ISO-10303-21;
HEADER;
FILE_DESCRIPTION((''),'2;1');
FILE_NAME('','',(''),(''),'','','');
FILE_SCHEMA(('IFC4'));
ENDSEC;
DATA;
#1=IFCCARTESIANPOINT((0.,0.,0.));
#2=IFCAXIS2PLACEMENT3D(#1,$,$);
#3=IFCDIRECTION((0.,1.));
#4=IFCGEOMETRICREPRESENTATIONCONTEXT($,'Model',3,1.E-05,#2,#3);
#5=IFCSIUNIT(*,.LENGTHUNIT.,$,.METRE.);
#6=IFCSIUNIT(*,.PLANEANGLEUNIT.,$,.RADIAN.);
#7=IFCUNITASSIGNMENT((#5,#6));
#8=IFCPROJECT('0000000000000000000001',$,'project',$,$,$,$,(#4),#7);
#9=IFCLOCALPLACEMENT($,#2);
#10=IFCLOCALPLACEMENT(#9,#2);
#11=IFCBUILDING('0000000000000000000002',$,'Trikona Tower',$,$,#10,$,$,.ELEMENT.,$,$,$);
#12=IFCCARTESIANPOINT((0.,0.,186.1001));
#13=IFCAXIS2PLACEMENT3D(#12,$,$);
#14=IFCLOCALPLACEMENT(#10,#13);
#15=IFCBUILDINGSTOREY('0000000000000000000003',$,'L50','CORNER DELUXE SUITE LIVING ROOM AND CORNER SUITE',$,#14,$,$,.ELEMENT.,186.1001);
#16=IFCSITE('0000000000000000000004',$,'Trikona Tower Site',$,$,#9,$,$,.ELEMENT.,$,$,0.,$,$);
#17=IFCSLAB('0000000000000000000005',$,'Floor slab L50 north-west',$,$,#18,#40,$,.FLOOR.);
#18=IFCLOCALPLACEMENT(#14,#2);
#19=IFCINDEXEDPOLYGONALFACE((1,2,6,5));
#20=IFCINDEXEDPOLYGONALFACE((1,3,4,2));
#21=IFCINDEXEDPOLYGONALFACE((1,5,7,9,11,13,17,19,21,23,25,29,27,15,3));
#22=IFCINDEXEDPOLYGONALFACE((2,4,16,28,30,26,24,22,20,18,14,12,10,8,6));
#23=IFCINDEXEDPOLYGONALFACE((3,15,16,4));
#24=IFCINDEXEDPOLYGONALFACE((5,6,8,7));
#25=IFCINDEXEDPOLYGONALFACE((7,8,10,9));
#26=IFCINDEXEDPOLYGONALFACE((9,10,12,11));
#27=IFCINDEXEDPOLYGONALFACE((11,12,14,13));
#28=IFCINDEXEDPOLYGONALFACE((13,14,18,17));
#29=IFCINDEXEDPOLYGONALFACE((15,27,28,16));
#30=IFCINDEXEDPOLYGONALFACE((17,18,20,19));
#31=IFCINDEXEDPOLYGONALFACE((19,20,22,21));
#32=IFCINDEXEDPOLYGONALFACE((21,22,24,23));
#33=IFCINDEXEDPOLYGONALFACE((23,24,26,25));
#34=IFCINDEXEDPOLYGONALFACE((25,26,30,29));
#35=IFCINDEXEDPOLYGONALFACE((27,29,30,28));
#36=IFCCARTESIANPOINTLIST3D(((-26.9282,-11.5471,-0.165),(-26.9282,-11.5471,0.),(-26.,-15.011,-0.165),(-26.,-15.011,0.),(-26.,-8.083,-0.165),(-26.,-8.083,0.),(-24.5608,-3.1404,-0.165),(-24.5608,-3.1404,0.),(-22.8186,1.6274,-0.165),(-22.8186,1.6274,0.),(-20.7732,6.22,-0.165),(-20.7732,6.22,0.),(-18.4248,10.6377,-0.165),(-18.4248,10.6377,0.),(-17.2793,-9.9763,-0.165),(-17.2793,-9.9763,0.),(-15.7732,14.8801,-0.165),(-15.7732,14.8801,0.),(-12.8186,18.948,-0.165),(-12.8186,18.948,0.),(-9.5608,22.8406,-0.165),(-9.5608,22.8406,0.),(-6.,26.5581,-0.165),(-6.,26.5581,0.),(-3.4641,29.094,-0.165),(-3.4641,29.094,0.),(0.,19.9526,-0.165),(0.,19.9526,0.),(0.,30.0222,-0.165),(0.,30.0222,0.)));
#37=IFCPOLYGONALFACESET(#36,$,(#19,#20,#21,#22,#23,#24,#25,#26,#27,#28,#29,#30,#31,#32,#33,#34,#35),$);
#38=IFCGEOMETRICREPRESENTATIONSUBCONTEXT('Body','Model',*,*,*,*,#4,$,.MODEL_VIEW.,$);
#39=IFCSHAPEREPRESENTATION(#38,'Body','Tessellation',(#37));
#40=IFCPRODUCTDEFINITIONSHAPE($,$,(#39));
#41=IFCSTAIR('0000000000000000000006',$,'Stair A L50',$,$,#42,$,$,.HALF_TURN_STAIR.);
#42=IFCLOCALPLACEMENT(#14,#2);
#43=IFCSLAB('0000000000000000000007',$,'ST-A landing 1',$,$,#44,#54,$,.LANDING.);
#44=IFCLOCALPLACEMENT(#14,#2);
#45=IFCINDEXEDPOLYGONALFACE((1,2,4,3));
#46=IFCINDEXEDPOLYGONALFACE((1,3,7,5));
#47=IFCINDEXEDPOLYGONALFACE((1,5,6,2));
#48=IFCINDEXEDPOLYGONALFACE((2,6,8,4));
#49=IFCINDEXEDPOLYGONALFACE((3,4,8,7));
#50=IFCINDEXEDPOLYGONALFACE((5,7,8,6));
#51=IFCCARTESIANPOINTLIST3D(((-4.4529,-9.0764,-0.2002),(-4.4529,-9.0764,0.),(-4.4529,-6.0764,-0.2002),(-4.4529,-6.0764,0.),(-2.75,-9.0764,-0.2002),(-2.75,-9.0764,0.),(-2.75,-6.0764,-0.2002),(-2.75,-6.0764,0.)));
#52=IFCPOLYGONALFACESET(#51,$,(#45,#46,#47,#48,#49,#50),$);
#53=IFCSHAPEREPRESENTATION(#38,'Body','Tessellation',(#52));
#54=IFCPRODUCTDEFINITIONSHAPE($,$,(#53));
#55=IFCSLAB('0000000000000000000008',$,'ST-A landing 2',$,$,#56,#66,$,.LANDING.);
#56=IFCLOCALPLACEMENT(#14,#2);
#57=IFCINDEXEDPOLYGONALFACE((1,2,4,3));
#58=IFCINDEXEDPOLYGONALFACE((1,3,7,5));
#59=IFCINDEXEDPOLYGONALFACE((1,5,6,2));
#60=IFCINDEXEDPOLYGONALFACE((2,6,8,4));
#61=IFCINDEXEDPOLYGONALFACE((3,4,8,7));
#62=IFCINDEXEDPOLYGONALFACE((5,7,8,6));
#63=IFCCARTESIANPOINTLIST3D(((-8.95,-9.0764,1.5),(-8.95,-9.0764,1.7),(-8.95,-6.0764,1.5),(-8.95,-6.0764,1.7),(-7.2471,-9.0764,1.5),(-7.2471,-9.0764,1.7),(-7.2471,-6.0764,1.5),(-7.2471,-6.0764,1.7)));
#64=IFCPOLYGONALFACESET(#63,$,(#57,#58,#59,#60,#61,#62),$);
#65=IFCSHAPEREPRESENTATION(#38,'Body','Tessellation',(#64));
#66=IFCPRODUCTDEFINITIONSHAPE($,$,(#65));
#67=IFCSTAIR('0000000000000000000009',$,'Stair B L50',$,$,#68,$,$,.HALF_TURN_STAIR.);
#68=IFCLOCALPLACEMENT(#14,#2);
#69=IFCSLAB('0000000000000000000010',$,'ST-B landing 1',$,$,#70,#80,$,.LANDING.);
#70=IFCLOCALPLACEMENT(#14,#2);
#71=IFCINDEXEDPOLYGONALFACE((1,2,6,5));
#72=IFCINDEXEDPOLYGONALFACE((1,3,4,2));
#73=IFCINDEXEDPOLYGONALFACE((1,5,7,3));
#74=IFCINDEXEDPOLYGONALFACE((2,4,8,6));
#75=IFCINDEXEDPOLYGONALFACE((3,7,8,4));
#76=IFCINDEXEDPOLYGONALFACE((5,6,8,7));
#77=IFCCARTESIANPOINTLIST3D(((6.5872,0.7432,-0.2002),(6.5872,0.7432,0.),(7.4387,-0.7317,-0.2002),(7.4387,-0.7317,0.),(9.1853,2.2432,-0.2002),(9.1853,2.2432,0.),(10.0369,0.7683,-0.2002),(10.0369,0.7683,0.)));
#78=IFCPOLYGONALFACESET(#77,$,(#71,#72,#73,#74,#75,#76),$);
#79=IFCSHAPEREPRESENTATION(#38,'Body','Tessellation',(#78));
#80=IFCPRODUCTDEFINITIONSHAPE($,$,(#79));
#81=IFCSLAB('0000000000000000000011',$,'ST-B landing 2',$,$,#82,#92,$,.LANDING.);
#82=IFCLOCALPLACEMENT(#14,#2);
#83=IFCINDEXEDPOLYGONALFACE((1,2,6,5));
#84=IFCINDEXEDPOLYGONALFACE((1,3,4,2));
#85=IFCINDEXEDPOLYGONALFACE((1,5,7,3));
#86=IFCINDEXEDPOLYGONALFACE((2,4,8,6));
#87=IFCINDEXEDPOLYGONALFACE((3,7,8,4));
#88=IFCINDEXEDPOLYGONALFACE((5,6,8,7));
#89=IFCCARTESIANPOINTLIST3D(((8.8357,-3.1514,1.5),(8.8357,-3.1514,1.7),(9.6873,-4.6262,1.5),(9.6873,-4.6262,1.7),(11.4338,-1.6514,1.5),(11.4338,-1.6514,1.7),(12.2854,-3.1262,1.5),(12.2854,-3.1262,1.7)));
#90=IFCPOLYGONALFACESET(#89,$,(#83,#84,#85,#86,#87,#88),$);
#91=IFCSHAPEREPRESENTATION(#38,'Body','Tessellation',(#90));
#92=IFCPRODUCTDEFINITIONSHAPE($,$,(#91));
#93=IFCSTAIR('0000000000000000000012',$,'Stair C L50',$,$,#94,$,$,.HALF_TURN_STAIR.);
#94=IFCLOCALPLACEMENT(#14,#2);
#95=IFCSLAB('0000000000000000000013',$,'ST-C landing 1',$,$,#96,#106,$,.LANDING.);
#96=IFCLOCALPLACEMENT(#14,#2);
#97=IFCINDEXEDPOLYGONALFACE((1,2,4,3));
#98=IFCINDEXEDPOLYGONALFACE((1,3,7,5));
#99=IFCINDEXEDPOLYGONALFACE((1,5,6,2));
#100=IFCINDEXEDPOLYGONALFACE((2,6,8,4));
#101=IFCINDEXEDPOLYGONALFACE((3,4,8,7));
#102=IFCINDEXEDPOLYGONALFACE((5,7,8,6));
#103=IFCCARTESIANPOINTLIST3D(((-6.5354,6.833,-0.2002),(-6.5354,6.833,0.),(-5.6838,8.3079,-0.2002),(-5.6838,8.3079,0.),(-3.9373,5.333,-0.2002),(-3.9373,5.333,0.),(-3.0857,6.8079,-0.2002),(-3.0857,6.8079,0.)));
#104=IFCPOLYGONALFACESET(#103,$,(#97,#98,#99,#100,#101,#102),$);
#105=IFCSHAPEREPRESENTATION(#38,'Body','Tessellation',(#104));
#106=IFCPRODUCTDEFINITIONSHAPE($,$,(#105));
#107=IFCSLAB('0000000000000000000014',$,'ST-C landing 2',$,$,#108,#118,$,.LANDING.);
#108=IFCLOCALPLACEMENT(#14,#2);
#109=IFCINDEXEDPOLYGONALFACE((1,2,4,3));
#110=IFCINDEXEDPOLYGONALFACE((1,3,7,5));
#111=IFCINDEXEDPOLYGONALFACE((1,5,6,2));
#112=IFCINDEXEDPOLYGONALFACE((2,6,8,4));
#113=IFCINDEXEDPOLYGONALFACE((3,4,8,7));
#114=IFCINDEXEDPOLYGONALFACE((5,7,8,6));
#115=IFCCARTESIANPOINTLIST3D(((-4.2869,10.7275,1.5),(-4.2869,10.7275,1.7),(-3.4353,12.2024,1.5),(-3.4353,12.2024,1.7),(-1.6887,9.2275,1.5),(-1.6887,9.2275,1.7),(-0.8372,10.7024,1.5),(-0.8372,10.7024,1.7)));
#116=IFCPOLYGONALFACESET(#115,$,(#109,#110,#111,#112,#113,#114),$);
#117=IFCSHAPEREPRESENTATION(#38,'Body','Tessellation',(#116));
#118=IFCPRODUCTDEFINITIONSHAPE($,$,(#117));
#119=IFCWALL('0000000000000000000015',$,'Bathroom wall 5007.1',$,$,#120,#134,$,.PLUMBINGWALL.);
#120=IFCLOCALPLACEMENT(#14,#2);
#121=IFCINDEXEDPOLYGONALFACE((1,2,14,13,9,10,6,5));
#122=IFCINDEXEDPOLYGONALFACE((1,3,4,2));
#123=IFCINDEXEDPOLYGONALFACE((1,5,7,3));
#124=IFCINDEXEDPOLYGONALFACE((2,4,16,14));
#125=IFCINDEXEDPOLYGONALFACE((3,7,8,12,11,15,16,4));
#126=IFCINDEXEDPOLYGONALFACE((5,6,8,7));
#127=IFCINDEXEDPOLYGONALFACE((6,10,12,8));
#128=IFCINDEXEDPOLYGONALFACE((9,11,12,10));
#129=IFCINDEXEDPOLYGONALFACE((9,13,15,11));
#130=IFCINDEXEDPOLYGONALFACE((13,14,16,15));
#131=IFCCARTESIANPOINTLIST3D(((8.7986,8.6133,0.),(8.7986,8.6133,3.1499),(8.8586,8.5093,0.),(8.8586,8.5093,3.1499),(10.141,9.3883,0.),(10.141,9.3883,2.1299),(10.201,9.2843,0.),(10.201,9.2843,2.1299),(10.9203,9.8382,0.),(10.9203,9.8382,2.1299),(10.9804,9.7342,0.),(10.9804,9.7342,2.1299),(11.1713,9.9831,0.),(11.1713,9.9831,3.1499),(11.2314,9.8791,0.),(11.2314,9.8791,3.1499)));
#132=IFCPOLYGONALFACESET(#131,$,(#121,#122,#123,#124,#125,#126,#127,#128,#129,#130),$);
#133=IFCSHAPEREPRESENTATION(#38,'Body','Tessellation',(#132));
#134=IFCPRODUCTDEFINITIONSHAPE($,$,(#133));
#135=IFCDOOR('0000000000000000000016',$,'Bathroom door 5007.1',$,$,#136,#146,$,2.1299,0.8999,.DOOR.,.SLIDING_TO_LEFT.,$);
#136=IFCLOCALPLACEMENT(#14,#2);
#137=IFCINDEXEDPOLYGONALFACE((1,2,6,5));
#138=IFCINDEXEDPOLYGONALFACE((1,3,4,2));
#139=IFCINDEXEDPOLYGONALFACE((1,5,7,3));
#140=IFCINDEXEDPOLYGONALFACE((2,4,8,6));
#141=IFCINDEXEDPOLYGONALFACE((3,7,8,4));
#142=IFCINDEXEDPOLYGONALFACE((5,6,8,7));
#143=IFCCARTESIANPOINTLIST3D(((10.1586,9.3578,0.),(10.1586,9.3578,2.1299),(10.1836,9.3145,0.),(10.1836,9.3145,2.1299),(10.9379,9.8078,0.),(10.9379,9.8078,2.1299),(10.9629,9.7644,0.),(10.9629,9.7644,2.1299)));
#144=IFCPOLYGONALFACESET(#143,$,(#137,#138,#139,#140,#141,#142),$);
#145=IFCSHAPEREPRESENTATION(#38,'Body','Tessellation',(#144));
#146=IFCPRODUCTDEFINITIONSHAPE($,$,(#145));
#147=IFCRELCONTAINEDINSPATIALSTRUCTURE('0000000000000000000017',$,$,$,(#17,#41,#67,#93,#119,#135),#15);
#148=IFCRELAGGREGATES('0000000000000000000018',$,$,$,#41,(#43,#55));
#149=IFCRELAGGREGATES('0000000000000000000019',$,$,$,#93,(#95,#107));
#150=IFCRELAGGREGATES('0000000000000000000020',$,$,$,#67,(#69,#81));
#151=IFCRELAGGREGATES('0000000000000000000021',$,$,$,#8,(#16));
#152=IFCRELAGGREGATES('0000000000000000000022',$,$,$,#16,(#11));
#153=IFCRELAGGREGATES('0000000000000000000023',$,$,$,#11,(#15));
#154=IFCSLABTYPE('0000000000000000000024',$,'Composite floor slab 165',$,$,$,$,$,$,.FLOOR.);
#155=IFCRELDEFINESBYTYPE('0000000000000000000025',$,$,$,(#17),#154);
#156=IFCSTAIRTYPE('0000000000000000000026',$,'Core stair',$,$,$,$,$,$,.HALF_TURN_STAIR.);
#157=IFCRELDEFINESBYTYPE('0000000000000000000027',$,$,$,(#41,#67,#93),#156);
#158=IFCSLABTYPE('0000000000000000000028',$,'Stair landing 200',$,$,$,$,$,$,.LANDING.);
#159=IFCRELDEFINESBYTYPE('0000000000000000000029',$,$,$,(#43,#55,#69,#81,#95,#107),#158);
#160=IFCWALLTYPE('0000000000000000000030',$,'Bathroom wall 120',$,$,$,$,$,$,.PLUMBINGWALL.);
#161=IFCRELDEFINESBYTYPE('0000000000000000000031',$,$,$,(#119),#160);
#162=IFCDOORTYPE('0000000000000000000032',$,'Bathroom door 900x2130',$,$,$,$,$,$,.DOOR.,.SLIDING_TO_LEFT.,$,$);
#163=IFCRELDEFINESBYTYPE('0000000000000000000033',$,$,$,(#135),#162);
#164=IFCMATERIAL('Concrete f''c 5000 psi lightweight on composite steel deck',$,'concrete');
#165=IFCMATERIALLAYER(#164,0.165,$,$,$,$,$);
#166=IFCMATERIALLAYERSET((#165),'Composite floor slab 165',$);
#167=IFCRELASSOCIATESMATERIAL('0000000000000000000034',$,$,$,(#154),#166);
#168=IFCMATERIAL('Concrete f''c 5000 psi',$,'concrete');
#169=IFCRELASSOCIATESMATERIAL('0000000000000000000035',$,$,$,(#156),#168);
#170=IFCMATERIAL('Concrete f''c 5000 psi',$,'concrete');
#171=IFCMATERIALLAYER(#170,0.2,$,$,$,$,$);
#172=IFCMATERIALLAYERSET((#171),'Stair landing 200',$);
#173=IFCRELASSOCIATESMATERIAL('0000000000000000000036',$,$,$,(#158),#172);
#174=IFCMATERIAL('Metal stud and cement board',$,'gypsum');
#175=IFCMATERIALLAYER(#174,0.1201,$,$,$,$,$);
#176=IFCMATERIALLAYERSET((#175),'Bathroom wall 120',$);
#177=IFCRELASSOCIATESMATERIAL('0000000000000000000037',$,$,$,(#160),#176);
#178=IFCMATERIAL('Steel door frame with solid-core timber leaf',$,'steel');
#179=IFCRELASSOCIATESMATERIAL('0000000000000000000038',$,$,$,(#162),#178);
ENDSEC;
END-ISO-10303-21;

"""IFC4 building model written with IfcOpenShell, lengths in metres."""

from ifc_helpers import new_model, si_unit, direction, frame, frame_2d, origin, place, context, subcontext, project, spatial, polyline, rectangle, outline, extrude, material, layer, layer_set, type_object, element, fill, aggregate, save


model = new_model("IFC4")

# Units and contexts
model_context = context("Model", 3, precision=1e-05, world=origin(), true_north=direction((0.0, 1.0)))
body_context = subcontext(model_context, "Body", "Model", "MODEL_VIEW")
ifc_project = project(units=[si_unit("LENGTHUNIT", "METRE"), si_unit("PLANEANGLEUNIT", "RADIAN")], contexts=[model_context])

# Site, building, storey
site_placement = place(None, origin())
site = spatial("IfcSite", under=ifc_project, at=site_placement, Name="Trikona Tower Site", CompositionType="ELEMENT", RefElevation=0.0)
building_placement = place(site_placement, origin())
building = spatial("IfcBuilding", under=site, at=building_placement, Name="Trikona Tower", CompositionType="ELEMENT")
storey_placement = place(building_placement, frame((0.0, 0.0, 186.1001)))
storey = spatial("IfcBuildingStorey", under=building, at=storey_placement, Name="L50", Description="CORNER DELUXE SUITE LIVING ROOM AND CORNER SUITE", CompositionType="ELEMENT", Elevation=186.1001)

# Slab
ifc_material_1 = material(Name="Concrete f'c 5000 psi lightweight on composite steel deck", Category="concrete")
ifc_layer_1 = layer(ifc_material_1, 0.165)
ifc_layer_set_1 = layer_set([ifc_layer_1], Name="Composite floor slab 165")
slab_type_1 = type_object("IfcSlabType", Name="Composite floor slab 165", PredefinedType="FLOOR", material=ifc_layer_set_1)
slab_1_placement = place(storey_placement, frame((0.0, 0.0, -0.165)))
element("IfcSlab", 1, at=slab_1_placement, inside=storey, type_object=slab_type_1, Name="Floor slab L50 north-west", PredefinedType="FLOOR", context=body_context, shape_type="SweptSolid", body=[
    extrude(outline(polyline([(0.0, 19.9526), (0.0, 30.0222), (-3.4641, 29.094), (-6.0, 26.5581), (-9.5608, 22.8406), (-12.8186, 18.948), (-15.7732, 14.8801), (-18.4248, 10.6377), (-20.7732, 6.22), (-22.8186, 1.6274), (-24.5608, -3.1404), (-26.0, -8.083), (-26.9282, -11.5471), (-26.0, -15.011), (-17.2793, -9.9763), (0.0, 19.9526)])), origin(), (0.0, 0.0, 1.0), 0.165),
])

# Stairs, slabs
ifc_material_2 = material(Name="Concrete f'c 5000 psi", Category="concrete")
stair_type = type_object("IfcStairType", Name="Core stair", PredefinedType="HALF_TURN_STAIR", material=ifc_material_2)
stair_1_placement = place(storey_placement, origin())
stair_1 = element("IfcStair", 2, at=stair_1_placement, inside=storey, type_object=stair_type, Name="Stair A L50", PredefinedType="HALF_TURN_STAIR")
ifc_material_3 = material(Name="Concrete f'c 5000 psi", Category="concrete")
ifc_layer_2 = layer(ifc_material_3, 0.2)
ifc_layer_set_2 = layer_set([ifc_layer_2], Name="Stair landing 200")
slab_type_2 = type_object("IfcSlabType", Name="Stair landing 200", PredefinedType="LANDING", material=ifc_layer_set_2)
slab_2_placement = place(storey_placement, frame((0.0, 0.0, -0.2002)))
slab_2 = element("IfcSlab", 3, at=slab_2_placement, type_object=slab_type_2, Name="ST-A landing 1", PredefinedType="LANDING", context=body_context, shape_type="SweptSolid", body=[
    extrude(outline(polyline([(-4.4529, -6.0764), (-2.75, -6.0764), (-2.75, -9.0764), (-4.4529, -9.0764), (-4.4529, -6.0764)])), origin(), (0.0, 0.0, 1.0), 0.2002),
])
slab_3_placement = place(storey_placement, frame((0.0, 0.0, 1.5)))
slab_3 = element("IfcSlab", 4, at=slab_3_placement, type_object=slab_type_2, Name="ST-A landing 2", PredefinedType="LANDING", context=body_context, shape_type="SweptSolid", body=[
    extrude(outline(polyline([(-8.95, -6.0764), (-7.2471, -6.0764), (-7.2471, -9.0764), (-8.95, -9.0764), (-8.95, -6.0764)])), origin(), (0.0, 0.0, 1.0), 0.2),
])
aggregate(stair_1, [slab_2, slab_3])
stair_2_placement = place(storey_placement, origin())
stair_2 = element("IfcStair", 5, at=stair_2_placement, inside=storey, type_object=stair_type, Name="Stair B L50", PredefinedType="HALF_TURN_STAIR")
slab_4_placement = place(storey_placement, frame((0.0, 0.0, -0.2002)))
slab_4 = element("IfcSlab", 6, at=slab_4_placement, type_object=slab_type_2, Name="ST-B landing 1", PredefinedType="LANDING", context=body_context, shape_type="SweptSolid", body=[
    extrude(outline(polyline([(7.4387, -0.7317), (6.5872, 0.7432), (9.1853, 2.2432), (10.0369, 0.7683), (7.4387, -0.7317)])), origin(), (0.0, 0.0, 1.0), 0.2002),
])
slab_5_placement = place(storey_placement, frame((0.0, 0.0, 1.5)))
slab_5 = element("IfcSlab", 7, at=slab_5_placement, type_object=slab_type_2, Name="ST-B landing 2", PredefinedType="LANDING", context=body_context, shape_type="SweptSolid", body=[
    extrude(outline(polyline([(9.6873, -4.6262), (8.8357, -3.1514), (11.4338, -1.6514), (12.2854, -3.1262), (9.6873, -4.6262)])), origin(), (0.0, 0.0, 1.0), 0.2),
])
stair_3_placement = place(storey_placement, origin())
stair_3 = element("IfcStair", 8, at=stair_3_placement, inside=storey, type_object=stair_type, Name="Stair C L50", PredefinedType="HALF_TURN_STAIR")
slab_6_placement = place(storey_placement, frame((0.0, 0.0, -0.2002)))
slab_6 = element("IfcSlab", 9, at=slab_6_placement, type_object=slab_type_2, Name="ST-C landing 1", PredefinedType="LANDING", context=body_context, shape_type="SweptSolid", body=[
    extrude(outline(polyline([(-3.0857, 6.8079), (-3.9373, 5.333), (-6.5354, 6.833), (-5.6838, 8.3079), (-3.0857, 6.8079)])), origin(), (0.0, 0.0, 1.0), 0.2002),
])
slab_7_placement = place(storey_placement, frame((0.0, 0.0, 1.5)))
slab_7 = element("IfcSlab", 10, at=slab_7_placement, type_object=slab_type_2, Name="ST-C landing 2", PredefinedType="LANDING", context=body_context, shape_type="SweptSolid", body=[
    extrude(outline(polyline([(-0.8372, 10.7024), (-1.6887, 9.2275), (-4.2869, 10.7275), (-3.4353, 12.2024), (-0.8372, 10.7024)])), origin(), (0.0, 0.0, 1.0), 0.2),
])
aggregate(stair_3, [slab_6, slab_7])

# Wall, opening, door
ifc_material_4 = material(Name="Metal stud and cement board", Category="gypsum")
ifc_layer_3 = layer(ifc_material_4, 0.1201)
ifc_layer_set_3 = layer_set([ifc_layer_3], Name="Bathroom wall 120")
wall_type_1 = type_object("IfcWallType", Name="Bathroom wall 120", PredefinedType="PLUMBINGWALL", material=ifc_layer_set_3)
wall_1_placement = place(storey_placement, frame((8.8286, 8.5613, 0.0), z_axis=(0.0, 0.0, 1.0), x_axis=(0.866036, 0.499982, 0.0)))
wall_1 = element("IfcWall", 11, at=wall_1_placement, inside=storey, type_object=wall_type_1, Name="Bathroom wall 5007.1", PredefinedType="PLUMBINGWALL", context=body_context, shape_type="SweptSolid", body=[
    extrude(rectangle(XDim=2.7397, YDim=0.1201, at=frame_2d((1.3699, 0.0))), origin(), (0.0, 0.0, 1.0), 3.1499),
])
opening_1_placement = place(wall_1_placement, frame((1.55, 0.0, 0.0)))
opening_1 = element("IfcOpeningElement", 12, at=opening_1_placement, cuts=wall_1, PredefinedType="OPENING", context=body_context, shape_type="SweptSolid", body=[
    extrude(rectangle(XDim=0.8999, YDim=2.1299, at=frame_2d((0.45, 1.0649))), frame((0.0, 0.0701, 0.0), z_axis=(0.0, -1.0, 0.0), x_axis=(1.0, 0.0, 0.0)), (0.0, 0.0, 1.0), 0.1401),
])
ifc_material_5 = material(Name="Steel door frame with solid-core timber leaf", Category="steel")
door_type_1 = type_object("IfcDoorType", Name="Bathroom door 900x2130", OperationType="SLIDING_TO_LEFT", PredefinedType="DOOR", material=ifc_material_5)
door_1_placement = place(opening_1_placement, origin())
door_1 = element("IfcDoor", 13, at=door_1_placement, inside=storey, type_object=door_type_1, Name="Bathroom door 5007.1", OperationType="SLIDING_TO_LEFT", OverallHeight=2.1299, OverallWidth=0.8999, PredefinedType="DOOR", context=body_context, shape_type="SweptSolid", body=[
    extrude(rectangle(XDim=0.8999, YDim=2.1299, at=frame_2d((0.45, 1.0649))), frame((0.0, 0.0249, 0.0), z_axis=(0.0, -1.0, 0.0), x_axis=(1.0, 0.0, 0.0)), (0.0, 0.0, 1.0), 0.05),
])
fill(opening_1, door_1)

aggregate(stair_2, [slab_4, slab_5])

save(model, "model.ifc")
